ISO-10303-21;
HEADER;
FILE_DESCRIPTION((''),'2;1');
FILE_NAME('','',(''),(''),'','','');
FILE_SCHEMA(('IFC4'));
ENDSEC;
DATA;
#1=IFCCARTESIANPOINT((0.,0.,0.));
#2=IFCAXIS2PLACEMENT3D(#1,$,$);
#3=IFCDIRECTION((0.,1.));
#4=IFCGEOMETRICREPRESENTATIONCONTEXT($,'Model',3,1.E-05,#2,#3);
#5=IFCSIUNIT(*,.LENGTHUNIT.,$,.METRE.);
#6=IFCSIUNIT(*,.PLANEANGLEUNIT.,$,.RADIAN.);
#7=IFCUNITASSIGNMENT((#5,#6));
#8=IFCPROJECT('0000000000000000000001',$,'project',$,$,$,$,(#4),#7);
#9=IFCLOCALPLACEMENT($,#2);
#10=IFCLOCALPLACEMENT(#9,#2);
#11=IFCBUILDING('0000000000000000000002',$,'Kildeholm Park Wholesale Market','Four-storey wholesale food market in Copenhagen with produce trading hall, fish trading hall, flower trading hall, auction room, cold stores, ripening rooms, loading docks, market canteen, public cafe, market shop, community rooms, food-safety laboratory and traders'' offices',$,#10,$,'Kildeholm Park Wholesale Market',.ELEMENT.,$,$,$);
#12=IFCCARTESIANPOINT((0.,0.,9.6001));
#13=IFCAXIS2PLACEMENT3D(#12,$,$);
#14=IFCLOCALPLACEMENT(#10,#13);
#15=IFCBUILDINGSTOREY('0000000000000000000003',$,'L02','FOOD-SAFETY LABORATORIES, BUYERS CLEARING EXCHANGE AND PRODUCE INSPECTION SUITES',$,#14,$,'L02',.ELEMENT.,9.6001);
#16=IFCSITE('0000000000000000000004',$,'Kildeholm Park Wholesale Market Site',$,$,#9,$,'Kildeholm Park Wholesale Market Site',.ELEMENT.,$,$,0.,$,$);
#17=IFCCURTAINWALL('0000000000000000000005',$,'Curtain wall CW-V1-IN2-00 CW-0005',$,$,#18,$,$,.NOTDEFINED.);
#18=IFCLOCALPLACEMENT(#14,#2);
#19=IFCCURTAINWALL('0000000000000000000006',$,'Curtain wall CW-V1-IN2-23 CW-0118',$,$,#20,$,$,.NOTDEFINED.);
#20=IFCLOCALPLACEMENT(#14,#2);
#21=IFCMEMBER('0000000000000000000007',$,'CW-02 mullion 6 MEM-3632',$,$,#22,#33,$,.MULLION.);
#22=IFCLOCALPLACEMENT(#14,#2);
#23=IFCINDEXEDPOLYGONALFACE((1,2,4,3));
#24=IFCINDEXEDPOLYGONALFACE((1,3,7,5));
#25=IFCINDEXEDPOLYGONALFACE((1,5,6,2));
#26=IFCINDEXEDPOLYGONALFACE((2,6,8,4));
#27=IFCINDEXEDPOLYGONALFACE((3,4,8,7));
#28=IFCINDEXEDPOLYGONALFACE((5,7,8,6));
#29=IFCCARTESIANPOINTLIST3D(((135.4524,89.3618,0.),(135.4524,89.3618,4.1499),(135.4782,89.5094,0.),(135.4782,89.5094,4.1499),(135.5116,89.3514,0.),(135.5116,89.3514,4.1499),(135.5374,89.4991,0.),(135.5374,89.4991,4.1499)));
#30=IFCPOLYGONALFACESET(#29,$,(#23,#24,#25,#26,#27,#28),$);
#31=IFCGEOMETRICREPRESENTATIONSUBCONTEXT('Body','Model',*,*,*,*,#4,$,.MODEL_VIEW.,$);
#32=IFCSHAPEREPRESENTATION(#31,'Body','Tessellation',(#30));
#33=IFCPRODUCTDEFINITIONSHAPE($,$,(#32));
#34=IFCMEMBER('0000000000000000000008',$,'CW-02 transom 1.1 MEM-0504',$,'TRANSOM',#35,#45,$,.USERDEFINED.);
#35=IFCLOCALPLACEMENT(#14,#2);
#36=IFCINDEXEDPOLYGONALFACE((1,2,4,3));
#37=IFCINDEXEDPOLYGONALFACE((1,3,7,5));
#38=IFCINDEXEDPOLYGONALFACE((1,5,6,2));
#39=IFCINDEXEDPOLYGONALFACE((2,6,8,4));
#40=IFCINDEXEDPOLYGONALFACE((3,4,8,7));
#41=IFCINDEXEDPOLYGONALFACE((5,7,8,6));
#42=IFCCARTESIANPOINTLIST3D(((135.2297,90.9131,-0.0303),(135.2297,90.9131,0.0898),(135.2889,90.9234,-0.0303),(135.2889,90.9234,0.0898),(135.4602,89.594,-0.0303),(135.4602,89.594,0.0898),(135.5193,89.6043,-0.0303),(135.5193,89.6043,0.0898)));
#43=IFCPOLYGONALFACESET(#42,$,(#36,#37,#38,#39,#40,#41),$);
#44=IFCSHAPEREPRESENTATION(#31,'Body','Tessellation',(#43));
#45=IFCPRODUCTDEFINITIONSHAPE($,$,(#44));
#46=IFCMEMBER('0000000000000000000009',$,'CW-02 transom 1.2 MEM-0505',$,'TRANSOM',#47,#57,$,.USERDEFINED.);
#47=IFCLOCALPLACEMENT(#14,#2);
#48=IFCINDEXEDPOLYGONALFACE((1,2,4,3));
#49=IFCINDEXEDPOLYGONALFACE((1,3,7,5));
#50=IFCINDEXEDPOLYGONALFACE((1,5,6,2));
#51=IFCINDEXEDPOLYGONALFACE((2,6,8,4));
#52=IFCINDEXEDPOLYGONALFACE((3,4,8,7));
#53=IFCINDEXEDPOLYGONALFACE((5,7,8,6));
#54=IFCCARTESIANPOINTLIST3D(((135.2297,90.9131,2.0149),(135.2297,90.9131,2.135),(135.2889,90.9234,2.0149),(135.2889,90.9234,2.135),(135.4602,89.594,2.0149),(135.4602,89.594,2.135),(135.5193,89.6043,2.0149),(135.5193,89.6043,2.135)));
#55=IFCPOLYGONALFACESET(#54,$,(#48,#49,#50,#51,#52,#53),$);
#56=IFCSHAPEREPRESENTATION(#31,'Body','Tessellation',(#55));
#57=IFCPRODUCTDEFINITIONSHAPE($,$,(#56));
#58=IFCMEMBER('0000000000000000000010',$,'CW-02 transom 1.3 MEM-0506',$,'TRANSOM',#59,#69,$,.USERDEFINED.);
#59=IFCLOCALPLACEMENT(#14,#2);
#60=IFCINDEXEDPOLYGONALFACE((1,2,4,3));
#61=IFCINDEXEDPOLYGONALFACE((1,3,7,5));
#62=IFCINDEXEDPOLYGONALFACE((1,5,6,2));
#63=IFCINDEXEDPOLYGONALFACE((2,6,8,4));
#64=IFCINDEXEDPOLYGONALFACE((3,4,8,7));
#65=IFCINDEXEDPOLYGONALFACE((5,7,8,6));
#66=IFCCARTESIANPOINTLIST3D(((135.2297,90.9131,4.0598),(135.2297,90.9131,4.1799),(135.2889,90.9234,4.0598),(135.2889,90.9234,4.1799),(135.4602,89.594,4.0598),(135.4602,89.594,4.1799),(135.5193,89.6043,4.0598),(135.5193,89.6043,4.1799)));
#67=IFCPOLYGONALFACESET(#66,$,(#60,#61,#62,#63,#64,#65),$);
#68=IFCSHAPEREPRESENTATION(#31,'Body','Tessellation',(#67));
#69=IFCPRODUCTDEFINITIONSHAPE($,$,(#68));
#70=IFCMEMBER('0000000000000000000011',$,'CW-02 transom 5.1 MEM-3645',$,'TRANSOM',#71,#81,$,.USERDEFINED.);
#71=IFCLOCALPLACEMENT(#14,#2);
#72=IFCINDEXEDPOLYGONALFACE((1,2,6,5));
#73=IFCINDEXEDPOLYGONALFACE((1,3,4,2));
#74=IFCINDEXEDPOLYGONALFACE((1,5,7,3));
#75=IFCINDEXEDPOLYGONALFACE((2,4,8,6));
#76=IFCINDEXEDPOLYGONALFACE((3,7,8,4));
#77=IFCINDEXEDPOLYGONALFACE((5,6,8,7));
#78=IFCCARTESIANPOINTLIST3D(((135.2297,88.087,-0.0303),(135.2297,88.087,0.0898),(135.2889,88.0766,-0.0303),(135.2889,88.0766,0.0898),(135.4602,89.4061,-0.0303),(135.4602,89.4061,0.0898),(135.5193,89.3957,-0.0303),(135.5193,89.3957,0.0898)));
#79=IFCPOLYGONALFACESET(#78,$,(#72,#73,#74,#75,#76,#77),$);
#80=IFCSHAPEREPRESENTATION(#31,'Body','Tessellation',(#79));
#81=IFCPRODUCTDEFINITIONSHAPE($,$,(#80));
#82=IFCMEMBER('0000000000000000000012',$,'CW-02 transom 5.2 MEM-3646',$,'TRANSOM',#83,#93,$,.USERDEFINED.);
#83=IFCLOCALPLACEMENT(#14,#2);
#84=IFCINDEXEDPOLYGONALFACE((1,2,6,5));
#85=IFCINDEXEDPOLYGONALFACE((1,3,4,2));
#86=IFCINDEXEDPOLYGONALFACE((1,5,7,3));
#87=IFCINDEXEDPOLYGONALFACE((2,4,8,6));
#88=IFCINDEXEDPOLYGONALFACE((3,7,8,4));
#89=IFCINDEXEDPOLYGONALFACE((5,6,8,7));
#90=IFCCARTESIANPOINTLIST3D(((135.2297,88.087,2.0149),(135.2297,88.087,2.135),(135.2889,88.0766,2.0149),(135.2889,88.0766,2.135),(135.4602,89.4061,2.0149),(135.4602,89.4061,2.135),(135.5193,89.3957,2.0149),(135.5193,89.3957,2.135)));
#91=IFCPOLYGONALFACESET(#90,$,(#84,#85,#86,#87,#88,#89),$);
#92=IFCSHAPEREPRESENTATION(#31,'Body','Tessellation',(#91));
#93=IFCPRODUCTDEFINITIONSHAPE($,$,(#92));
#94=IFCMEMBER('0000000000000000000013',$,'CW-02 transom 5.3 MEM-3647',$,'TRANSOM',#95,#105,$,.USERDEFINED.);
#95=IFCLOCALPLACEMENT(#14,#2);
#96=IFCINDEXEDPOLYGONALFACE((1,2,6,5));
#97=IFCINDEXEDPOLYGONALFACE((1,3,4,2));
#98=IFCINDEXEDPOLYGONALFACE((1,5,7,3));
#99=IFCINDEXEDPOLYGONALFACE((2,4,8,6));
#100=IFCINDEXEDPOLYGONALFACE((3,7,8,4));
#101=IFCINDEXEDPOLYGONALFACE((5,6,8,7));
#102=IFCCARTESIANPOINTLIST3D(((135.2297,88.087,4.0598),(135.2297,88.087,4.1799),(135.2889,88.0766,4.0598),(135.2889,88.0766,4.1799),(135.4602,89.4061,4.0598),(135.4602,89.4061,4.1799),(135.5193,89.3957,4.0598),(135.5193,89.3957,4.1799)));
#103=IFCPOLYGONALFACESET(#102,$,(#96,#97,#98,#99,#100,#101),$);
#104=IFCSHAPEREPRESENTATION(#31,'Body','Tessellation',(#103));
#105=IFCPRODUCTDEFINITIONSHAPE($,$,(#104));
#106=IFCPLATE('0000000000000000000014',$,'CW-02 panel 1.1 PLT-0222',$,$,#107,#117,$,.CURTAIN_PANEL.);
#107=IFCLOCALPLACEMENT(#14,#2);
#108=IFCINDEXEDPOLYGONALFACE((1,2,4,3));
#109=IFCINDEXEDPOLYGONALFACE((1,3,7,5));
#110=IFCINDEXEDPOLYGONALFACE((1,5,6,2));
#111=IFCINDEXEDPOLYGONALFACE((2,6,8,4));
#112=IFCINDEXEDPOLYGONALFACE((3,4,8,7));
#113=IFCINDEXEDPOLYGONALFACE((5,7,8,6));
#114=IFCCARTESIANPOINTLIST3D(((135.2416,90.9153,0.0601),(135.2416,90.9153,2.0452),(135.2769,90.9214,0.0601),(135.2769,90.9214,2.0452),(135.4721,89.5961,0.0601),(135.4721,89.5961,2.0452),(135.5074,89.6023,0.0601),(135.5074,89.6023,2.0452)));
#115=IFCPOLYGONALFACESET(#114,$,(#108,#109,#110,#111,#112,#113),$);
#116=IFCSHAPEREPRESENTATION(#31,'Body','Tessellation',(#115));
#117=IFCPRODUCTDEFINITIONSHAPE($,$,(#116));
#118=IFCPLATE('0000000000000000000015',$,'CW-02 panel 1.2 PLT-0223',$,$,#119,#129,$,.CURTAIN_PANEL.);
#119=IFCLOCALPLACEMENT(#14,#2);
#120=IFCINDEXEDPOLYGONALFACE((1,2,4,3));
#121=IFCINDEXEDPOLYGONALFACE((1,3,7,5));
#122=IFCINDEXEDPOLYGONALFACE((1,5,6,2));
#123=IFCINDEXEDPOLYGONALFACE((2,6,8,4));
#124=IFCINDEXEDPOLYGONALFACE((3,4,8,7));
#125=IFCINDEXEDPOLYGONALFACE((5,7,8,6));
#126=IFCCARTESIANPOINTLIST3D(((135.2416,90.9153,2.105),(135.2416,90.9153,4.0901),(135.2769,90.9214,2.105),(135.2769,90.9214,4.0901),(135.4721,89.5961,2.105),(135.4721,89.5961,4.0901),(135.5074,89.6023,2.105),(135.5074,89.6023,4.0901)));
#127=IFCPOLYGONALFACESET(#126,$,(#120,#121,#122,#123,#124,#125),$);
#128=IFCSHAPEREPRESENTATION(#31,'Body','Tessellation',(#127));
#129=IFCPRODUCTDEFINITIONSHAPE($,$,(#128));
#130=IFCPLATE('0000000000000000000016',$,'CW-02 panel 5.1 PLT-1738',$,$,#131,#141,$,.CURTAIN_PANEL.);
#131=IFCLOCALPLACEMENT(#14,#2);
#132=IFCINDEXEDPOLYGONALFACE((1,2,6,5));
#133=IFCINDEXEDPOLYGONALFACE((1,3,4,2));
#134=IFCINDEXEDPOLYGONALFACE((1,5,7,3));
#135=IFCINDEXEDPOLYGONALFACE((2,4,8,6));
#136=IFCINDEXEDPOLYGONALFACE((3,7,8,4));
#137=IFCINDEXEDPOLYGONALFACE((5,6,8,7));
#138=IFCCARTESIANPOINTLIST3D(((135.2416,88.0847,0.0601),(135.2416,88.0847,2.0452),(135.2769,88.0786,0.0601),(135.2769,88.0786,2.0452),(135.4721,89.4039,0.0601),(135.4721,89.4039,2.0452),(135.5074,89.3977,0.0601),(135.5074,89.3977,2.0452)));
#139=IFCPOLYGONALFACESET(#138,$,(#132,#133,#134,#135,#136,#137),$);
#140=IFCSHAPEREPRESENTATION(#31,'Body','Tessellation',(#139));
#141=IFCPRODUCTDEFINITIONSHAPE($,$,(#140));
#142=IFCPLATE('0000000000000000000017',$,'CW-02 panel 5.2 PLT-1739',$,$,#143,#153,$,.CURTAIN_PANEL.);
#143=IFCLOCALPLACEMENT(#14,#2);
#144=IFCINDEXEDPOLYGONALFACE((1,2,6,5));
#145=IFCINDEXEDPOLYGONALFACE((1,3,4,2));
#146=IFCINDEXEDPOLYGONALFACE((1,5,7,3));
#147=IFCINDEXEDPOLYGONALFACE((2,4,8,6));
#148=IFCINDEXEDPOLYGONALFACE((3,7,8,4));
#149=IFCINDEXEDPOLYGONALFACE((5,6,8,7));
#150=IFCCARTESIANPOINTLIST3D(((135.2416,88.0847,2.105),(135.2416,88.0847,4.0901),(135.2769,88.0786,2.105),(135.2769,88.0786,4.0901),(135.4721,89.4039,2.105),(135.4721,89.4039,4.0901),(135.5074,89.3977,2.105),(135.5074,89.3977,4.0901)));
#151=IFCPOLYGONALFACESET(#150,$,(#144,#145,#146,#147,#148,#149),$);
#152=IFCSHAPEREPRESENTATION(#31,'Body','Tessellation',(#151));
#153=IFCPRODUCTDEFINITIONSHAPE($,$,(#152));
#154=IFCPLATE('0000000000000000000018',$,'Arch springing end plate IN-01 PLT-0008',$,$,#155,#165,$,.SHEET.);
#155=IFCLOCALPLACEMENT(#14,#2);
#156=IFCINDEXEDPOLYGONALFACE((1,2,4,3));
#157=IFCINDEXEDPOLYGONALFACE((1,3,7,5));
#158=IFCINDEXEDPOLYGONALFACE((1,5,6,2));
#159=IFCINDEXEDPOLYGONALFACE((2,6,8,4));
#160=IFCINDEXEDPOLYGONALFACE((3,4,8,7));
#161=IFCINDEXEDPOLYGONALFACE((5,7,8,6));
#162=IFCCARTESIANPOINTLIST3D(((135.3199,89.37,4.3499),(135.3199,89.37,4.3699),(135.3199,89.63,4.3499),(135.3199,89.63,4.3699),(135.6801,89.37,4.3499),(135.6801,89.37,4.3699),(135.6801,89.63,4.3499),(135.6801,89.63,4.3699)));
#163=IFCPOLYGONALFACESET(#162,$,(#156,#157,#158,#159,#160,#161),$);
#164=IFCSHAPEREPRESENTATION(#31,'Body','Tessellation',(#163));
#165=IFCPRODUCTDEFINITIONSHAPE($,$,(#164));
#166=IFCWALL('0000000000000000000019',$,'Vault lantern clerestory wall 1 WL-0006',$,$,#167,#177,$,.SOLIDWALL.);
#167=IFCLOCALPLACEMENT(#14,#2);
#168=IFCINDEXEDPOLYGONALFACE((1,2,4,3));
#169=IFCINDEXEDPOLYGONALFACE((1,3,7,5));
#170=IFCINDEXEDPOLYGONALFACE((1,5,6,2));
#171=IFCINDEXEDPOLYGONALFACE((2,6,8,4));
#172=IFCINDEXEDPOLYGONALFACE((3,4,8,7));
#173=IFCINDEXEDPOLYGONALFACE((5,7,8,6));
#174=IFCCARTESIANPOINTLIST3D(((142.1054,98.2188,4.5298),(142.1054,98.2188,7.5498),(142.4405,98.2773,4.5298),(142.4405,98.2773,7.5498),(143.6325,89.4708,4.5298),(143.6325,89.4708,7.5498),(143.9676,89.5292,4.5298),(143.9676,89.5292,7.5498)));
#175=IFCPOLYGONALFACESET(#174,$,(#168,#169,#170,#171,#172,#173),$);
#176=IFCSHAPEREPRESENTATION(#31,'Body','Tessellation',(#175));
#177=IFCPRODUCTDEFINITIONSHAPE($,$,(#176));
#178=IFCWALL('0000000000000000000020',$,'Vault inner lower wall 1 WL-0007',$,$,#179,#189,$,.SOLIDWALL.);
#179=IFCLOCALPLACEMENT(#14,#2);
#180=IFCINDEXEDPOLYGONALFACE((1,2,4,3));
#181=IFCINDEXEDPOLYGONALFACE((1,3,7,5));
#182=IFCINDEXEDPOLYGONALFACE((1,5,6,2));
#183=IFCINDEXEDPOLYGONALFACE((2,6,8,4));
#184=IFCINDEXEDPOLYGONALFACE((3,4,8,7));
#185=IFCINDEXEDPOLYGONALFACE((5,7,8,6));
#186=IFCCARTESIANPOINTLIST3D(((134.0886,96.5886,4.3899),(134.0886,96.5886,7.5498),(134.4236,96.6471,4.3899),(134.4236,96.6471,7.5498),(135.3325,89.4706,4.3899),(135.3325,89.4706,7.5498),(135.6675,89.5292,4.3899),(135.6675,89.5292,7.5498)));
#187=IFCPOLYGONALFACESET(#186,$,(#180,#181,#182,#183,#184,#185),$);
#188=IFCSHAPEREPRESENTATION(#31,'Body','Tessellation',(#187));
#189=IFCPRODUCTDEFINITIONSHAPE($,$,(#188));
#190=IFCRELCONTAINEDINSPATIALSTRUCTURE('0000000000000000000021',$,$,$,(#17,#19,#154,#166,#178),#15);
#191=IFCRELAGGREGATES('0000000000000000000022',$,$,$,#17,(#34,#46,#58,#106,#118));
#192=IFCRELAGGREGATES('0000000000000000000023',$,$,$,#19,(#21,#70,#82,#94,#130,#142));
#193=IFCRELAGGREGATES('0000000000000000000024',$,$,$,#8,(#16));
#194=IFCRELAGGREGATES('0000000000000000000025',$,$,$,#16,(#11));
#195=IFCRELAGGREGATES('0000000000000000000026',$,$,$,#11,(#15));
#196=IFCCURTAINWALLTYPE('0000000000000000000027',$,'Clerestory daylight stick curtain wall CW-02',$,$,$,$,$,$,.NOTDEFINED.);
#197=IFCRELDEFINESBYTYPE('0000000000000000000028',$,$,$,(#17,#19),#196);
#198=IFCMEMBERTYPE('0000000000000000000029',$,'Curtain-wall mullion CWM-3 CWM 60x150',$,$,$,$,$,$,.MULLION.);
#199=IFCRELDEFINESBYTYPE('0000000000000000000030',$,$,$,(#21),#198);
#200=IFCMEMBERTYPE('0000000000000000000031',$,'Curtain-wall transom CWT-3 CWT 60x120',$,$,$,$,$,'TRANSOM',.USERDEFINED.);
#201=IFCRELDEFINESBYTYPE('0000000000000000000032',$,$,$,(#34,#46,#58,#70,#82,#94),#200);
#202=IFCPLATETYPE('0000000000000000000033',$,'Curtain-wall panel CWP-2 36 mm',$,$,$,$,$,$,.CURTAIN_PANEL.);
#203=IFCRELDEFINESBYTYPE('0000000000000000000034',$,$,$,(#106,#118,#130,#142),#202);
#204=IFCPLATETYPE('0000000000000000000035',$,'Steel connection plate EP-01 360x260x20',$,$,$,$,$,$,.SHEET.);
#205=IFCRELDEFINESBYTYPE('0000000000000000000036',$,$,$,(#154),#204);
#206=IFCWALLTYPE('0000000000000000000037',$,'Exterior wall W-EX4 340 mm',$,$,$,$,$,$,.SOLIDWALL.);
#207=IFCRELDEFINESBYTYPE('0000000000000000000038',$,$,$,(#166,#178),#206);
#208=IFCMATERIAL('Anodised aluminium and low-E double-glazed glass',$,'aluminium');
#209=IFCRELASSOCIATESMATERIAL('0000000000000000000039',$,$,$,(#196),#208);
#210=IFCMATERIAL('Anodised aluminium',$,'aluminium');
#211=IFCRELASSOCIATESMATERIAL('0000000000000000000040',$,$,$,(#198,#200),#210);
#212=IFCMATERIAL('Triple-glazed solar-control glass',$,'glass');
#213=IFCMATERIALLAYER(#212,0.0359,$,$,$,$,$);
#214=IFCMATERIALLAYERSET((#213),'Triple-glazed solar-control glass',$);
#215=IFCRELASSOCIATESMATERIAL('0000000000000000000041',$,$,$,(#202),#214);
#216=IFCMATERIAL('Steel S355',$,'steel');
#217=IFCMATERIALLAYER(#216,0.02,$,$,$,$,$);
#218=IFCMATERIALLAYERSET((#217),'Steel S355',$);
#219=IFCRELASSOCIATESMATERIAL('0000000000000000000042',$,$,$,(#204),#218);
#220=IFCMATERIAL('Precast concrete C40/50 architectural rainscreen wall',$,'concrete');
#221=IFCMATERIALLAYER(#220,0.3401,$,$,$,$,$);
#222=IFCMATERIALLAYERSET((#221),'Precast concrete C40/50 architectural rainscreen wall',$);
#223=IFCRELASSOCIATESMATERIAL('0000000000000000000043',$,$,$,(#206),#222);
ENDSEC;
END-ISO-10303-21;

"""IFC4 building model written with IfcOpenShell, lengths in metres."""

from ifc_helpers import new_model, si_unit, direction, frame, frame_2d, origin, origin_2d, place, context, subcontext, project, spatial, rectangle, extrude, material, layer, layer_set, material_profile, profile_set, type_object, element, aggregate, save


model = new_model("IFC4")

# Units and contexts
model_context = context("Model", 3, precision=1e-05, world=origin(), true_north=direction((0.0, 1.0)))
body_context = subcontext(model_context, "Body", "Model", "MODEL_VIEW")
ifc_project = project(units=[si_unit("LENGTHUNIT", "METRE"), si_unit("PLANEANGLEUNIT", "RADIAN")], contexts=[model_context])

# Site, building, storey
site_placement = place(None, origin())
site = spatial("IfcSite", under=ifc_project, at=site_placement, Name="Kildeholm Park Wholesale Market Site", LongName="Kildeholm Park Wholesale Market Site", CompositionType="ELEMENT", RefElevation=0.0)
building_placement = place(site_placement, origin())
building = spatial("IfcBuilding", under=site, at=building_placement, Name="Kildeholm Park Wholesale Market", Description="Four-storey wholesale food market in Copenhagen with produce trading hall, fish trading hall, flower trading hall, auction room, cold stores, ripening rooms, loading docks, market canteen, public cafe, market shop, community rooms, food-safety laboratory and traders' offices", LongName="Kildeholm Park Wholesale Market", CompositionType="ELEMENT")
storey_placement = place(building_placement, frame((0.0, 0.0, 9.6001)))
storey = spatial("IfcBuildingStorey", under=building, at=storey_placement, Name="L02", Description="FOOD-SAFETY LABORATORIES, BUYERS CLEARING EXCHANGE AND PRODUCE INSPECTION SUITES", LongName="L02", CompositionType="ELEMENT", Elevation=9.6001)

# Shared definitions
ifc_material_1 = material(Name="Steel S355", Category="steel")

# Curtain walls, member
ifc_material_2 = material(Name="Anodised aluminium and low-E double-glazed glass", Category="aluminium")
curtain_wall_type = type_object("IfcCurtainWallType", Name="Clerestory daylight stick curtain wall CW-02", PredefinedType="NOTDEFINED", material=ifc_material_2)
curtain_wall_1_placement = place(storey_placement, origin())
curtain_wall_1 = element("IfcCurtainWall", 1, at=curtain_wall_1_placement, inside=storey, type_object=curtain_wall_type, Name="Curtain wall CW-V1-IN2-00 CW-0005", PredefinedType="NOTDEFINED")
ifc_material_3 = material(Name="Anodised aluminium", Category="aluminium")
ifc_material_profile_1 = material_profile(ifc_material_3, rectangle(XDim=0.0601, YDim=0.1499, at=origin_2d()), Name="CWM 60x150")
ifc_profile_set_1 = profile_set([ifc_material_profile_1], Name="Anodised aluminium")
member_type_1 = type_object("IfcMemberType", Name="Curtain-wall mullion CWM-3 CWM 60x150", PredefinedType="MULLION", material=ifc_profile_set_1)
curtain_wall_2_placement = place(storey_placement, origin())
curtain_wall_2 = element("IfcCurtainWall", 2, at=curtain_wall_2_placement, inside=storey, type_object=curtain_wall_type, Name="Curtain wall CW-V1-IN2-23 CW-0118", PredefinedType="NOTDEFINED")
member_1_placement = place(storey_placement, frame((135.4949, 89.4304, 0.0), z_axis=(0.0, 0.0, 1.0), x_axis=(-0.985074, 0.172133, 0.0)))
member_1 = element("IfcMember", 3, at=member_1_placement, type_object=member_type_1, Name="CW-02 mullion 6 MEM-3632", PredefinedType="MULLION", context=body_context, shape_type="SweptSolid", body=[
    extrude(rectangle(XDim=0.0601, YDim=0.1499, at=origin_2d()), origin(), (0.0, 0.0, 1.0), 4.1499),
])

# Members
ifc_material_profile_2 = material_profile(ifc_material_3, rectangle(XDim=0.0601, YDim=0.1201, at=origin_2d()), Name="CWT 60x120")
ifc_profile_set_2 = profile_set([ifc_material_profile_2], Name="Anodised aluminium")
member_type_2 = type_object("IfcMemberType", Name="Curtain-wall transom CWT-3 CWT 60x120", ElementType="TRANSOM", PredefinedType="USERDEFINED", material=ifc_profile_set_2)
member_2_placement = place(storey_placement, frame((135.4897, 89.5991, 0.0298), z_axis=(-0.172111, 0.985078, 0.0), x_axis=(-0.985078, -0.172111, 0.0)))
member_2 = element("IfcMember", 4, at=member_2_placement, type_object=member_type_2, Name="CW-02 transom 1.1 MEM-0504", ObjectType="TRANSOM", PredefinedType="USERDEFINED", context=body_context, shape_type="SweptSolid", body=[
    extrude(rectangle(XDim=0.0601, YDim=0.1201, at=origin_2d()), origin(), (0.0, 0.0, 1.0), 1.3391),
])
member_3_placement = place(storey_placement, frame((135.4897, 89.5991, 2.075), z_axis=(-0.172111, 0.985078, 0.0), x_axis=(-0.985078, -0.172111, 0.0)))
member_3 = element("IfcMember", 5, at=member_3_placement, type_object=member_type_2, Name="CW-02 transom 1.2 MEM-0505", ObjectType="TRANSOM", PredefinedType="USERDEFINED", context=body_context, shape_type="SweptSolid", body=[
    extrude(rectangle(XDim=0.0601, YDim=0.1201, at=origin_2d()), origin(), (0.0, 0.0, 1.0), 1.3391),
])
member_4_placement = place(storey_placement, frame((135.4897, 89.5991, 4.1199), z_axis=(-0.172111, 0.985078, 0.0), x_axis=(-0.985078, -0.172111, 0.0)))
member_4 = element("IfcMember", 6, at=member_4_placement, type_object=member_type_2, Name="CW-02 transom 1.3 MEM-0506", ObjectType="TRANSOM", PredefinedType="USERDEFINED", context=body_context, shape_type="SweptSolid", body=[
    extrude(rectangle(XDim=0.0601, YDim=0.1201, at=origin_2d()), origin(), (0.0, 0.0, 1.0), 1.3391),
])
member_5_placement = place(storey_placement, frame((135.2593, 88.0818, 0.0298), z_axis=(0.172111, 0.985078, 0.0), x_axis=(-0.985078, 0.172111, 0.0)))
member_5 = element("IfcMember", 7, at=member_5_placement, type_object=member_type_2, Name="CW-02 transom 5.1 MEM-3645", ObjectType="TRANSOM", PredefinedType="USERDEFINED", context=body_context, shape_type="SweptSolid", body=[
    extrude(rectangle(XDim=0.0601, YDim=0.1201, at=origin_2d()), origin(), (0.0, 0.0, 1.0), 1.3391),
])
member_6_placement = place(storey_placement, frame((135.2593, 88.0818, 2.075), z_axis=(0.172111, 0.985078, 0.0), x_axis=(-0.985078, 0.172111, 0.0)))
member_6 = element("IfcMember", 8, at=member_6_placement, type_object=member_type_2, Name="CW-02 transom 5.2 MEM-3646", ObjectType="TRANSOM", PredefinedType="USERDEFINED", context=body_context, shape_type="SweptSolid", body=[
    extrude(rectangle(XDim=0.0601, YDim=0.1201, at=origin_2d()), origin(), (0.0, 0.0, 1.0), 1.3391),
])
member_7_placement = place(storey_placement, frame((135.2593, 88.0818, 4.1199), z_axis=(0.172111, 0.985078, 0.0), x_axis=(-0.985078, 0.172111, 0.0)))
member_7 = element("IfcMember", 9, at=member_7_placement, type_object=member_type_2, Name="CW-02 transom 5.3 MEM-3647", ObjectType="TRANSOM", PredefinedType="USERDEFINED", context=body_context, shape_type="SweptSolid", body=[
    extrude(rectangle(XDim=0.0601, YDim=0.1201, at=origin_2d()), origin(), (0.0, 0.0, 1.0), 1.3391),
])

# Plates
ifc_material_4 = material(Name="Triple-glazed solar-control glass", Category="glass")
ifc_layer_1 = layer(ifc_material_4, 0.0359)
ifc_layer_set_1 = layer_set([ifc_layer_1], Name="Triple-glazed solar-control glass")
plate_type_1 = type_object("IfcPlateType", Name="Curtain-wall panel CWP-2 36 mm", PredefinedType="CURTAIN_PANEL", material=ifc_layer_set_1)
plate_1_placement = place(storey_placement, frame((135.3745, 90.2588, 0.0601), z_axis=(0.0, 0.0, 1.0), x_axis=(-0.172133, 0.985074, 0.0)))
plate_1 = element("IfcPlate", 10, at=plate_1_placement, type_object=plate_type_1, Name="CW-02 panel 1.1 PLT-0222", PredefinedType="CURTAIN_PANEL", context=body_context, shape_type="SweptSolid", body=[
    extrude(rectangle(XDim=1.3391, YDim=0.0359, at=origin_2d()), origin(), (0.0, 0.0, 1.0), 1.9851),
])
plate_2_placement = place(storey_placement, frame((135.3745, 90.2588, 2.105), z_axis=(0.0, 0.0, 1.0), x_axis=(-0.172133, 0.985074, 0.0)))
plate_2 = element("IfcPlate", 11, at=plate_2_placement, type_object=plate_type_1, Name="CW-02 panel 1.2 PLT-0223", PredefinedType="CURTAIN_PANEL", context=body_context, shape_type="SweptSolid", body=[
    extrude(rectangle(XDim=1.3391, YDim=0.0359, at=origin_2d()), origin(), (0.0, 0.0, 1.0), 1.9851),
])
aggregate(curtain_wall_1, [member_2, member_3, member_4, plate_1, plate_2])
plate_3_placement = place(storey_placement, frame((135.3745, 88.7412, 0.0601), z_axis=(0.0, 0.0, 1.0), x_axis=(0.172133, 0.985074, 0.0)))
plate_3 = element("IfcPlate", 12, at=plate_3_placement, type_object=plate_type_1, Name="CW-02 panel 5.1 PLT-1738", PredefinedType="CURTAIN_PANEL", context=body_context, shape_type="SweptSolid", body=[
    extrude(rectangle(XDim=1.3391, YDim=0.0359, at=origin_2d()), origin(), (0.0, 0.0, 1.0), 1.9851),
])
plate_4_placement = place(storey_placement, frame((135.3745, 88.7412, 2.105), z_axis=(0.0, 0.0, 1.0), x_axis=(0.172133, 0.985074, 0.0)))
plate_4 = element("IfcPlate", 13, at=plate_4_placement, type_object=plate_type_1, Name="CW-02 panel 5.2 PLT-1739", PredefinedType="CURTAIN_PANEL", context=body_context, shape_type="SweptSolid", body=[
    extrude(rectangle(XDim=1.3391, YDim=0.0359, at=origin_2d()), origin(), (0.0, 0.0, 1.0), 1.9851),
])
aggregate(curtain_wall_2, [member_1, member_5, member_6, member_7, plate_3, plate_4])
ifc_layer_2 = layer(ifc_material_1, 0.02)
ifc_layer_set_2 = layer_set([ifc_layer_2], Name="Steel S355")
plate_type_2 = type_object("IfcPlateType", Name="Steel connection plate EP-01 360x260x20", PredefinedType="SHEET", material=ifc_layer_set_2)
plate_5_placement = place(storey_placement, frame((135.5, 89.5, 4.3499), z_axis=(0.0, 0.0, 1.0), x_axis=(1.0, 0.0, 0.0)))
element("IfcPlate", 14, at=plate_5_placement, inside=storey, type_object=plate_type_2, Name="Arch springing end plate IN-01 PLT-0008", PredefinedType="SHEET", context=body_context, shape_type="SweptSolid", body=[
    extrude(rectangle(XDim=0.3601, YDim=0.26, at=origin_2d()), origin(), (0.0, 0.0, 1.0), 0.02),
])

# Walls
ifc_material_5 = material(Name="Precast concrete C40/50 architectural rainscreen wall", Category="concrete")
ifc_layer_3 = layer(ifc_material_5, 0.3401)
ifc_layer_set_3 = layer_set([ifc_layer_3], Name="Precast concrete C40/50 architectural rainscreen wall")
wall_type_1 = type_object("IfcWallType", Name="Exterior wall W-EX4 340 mm", PredefinedType="SOLIDWALL", material=ifc_layer_set_3)
wall_1_placement = place(storey_placement, frame((143.8, 89.5, 4.5298), z_axis=(0.0, 0.0, 1.0), x_axis=(-0.171964, 0.985103, 0.0)))
element("IfcWall", 15, at=wall_1_placement, inside=storey, type_object=wall_type_1, Name="Vault lantern clerestory wall 1 WL-0006", PredefinedType="SOLIDWALL", context=body_context, shape_type="SweptSolid", body=[
    extrude(rectangle(XDim=8.8804, YDim=0.3401, at=frame_2d((4.4402, 0.0))), origin(), (0.0, 0.0, 1.0), 3.02),
])
wall_2_placement = place(storey_placement, frame((135.5, 89.5, 4.3899), z_axis=(0.0, 0.0, 1.0), x_axis=(-0.172147, 0.985071, 0.0)))
element("IfcWall", 16, at=wall_2_placement, inside=storey, type_object=wall_type_1, Name="Vault inner lower wall 1 WL-0007", PredefinedType="SOLIDWALL", context=body_context, shape_type="SweptSolid", body=[
    extrude(rectangle(XDim=7.2258, YDim=0.3401, at=frame_2d((3.6128, 0.0))), origin(), (0.0, 0.0, 1.0), 3.1599),
])

save(model, "model.ifc")
